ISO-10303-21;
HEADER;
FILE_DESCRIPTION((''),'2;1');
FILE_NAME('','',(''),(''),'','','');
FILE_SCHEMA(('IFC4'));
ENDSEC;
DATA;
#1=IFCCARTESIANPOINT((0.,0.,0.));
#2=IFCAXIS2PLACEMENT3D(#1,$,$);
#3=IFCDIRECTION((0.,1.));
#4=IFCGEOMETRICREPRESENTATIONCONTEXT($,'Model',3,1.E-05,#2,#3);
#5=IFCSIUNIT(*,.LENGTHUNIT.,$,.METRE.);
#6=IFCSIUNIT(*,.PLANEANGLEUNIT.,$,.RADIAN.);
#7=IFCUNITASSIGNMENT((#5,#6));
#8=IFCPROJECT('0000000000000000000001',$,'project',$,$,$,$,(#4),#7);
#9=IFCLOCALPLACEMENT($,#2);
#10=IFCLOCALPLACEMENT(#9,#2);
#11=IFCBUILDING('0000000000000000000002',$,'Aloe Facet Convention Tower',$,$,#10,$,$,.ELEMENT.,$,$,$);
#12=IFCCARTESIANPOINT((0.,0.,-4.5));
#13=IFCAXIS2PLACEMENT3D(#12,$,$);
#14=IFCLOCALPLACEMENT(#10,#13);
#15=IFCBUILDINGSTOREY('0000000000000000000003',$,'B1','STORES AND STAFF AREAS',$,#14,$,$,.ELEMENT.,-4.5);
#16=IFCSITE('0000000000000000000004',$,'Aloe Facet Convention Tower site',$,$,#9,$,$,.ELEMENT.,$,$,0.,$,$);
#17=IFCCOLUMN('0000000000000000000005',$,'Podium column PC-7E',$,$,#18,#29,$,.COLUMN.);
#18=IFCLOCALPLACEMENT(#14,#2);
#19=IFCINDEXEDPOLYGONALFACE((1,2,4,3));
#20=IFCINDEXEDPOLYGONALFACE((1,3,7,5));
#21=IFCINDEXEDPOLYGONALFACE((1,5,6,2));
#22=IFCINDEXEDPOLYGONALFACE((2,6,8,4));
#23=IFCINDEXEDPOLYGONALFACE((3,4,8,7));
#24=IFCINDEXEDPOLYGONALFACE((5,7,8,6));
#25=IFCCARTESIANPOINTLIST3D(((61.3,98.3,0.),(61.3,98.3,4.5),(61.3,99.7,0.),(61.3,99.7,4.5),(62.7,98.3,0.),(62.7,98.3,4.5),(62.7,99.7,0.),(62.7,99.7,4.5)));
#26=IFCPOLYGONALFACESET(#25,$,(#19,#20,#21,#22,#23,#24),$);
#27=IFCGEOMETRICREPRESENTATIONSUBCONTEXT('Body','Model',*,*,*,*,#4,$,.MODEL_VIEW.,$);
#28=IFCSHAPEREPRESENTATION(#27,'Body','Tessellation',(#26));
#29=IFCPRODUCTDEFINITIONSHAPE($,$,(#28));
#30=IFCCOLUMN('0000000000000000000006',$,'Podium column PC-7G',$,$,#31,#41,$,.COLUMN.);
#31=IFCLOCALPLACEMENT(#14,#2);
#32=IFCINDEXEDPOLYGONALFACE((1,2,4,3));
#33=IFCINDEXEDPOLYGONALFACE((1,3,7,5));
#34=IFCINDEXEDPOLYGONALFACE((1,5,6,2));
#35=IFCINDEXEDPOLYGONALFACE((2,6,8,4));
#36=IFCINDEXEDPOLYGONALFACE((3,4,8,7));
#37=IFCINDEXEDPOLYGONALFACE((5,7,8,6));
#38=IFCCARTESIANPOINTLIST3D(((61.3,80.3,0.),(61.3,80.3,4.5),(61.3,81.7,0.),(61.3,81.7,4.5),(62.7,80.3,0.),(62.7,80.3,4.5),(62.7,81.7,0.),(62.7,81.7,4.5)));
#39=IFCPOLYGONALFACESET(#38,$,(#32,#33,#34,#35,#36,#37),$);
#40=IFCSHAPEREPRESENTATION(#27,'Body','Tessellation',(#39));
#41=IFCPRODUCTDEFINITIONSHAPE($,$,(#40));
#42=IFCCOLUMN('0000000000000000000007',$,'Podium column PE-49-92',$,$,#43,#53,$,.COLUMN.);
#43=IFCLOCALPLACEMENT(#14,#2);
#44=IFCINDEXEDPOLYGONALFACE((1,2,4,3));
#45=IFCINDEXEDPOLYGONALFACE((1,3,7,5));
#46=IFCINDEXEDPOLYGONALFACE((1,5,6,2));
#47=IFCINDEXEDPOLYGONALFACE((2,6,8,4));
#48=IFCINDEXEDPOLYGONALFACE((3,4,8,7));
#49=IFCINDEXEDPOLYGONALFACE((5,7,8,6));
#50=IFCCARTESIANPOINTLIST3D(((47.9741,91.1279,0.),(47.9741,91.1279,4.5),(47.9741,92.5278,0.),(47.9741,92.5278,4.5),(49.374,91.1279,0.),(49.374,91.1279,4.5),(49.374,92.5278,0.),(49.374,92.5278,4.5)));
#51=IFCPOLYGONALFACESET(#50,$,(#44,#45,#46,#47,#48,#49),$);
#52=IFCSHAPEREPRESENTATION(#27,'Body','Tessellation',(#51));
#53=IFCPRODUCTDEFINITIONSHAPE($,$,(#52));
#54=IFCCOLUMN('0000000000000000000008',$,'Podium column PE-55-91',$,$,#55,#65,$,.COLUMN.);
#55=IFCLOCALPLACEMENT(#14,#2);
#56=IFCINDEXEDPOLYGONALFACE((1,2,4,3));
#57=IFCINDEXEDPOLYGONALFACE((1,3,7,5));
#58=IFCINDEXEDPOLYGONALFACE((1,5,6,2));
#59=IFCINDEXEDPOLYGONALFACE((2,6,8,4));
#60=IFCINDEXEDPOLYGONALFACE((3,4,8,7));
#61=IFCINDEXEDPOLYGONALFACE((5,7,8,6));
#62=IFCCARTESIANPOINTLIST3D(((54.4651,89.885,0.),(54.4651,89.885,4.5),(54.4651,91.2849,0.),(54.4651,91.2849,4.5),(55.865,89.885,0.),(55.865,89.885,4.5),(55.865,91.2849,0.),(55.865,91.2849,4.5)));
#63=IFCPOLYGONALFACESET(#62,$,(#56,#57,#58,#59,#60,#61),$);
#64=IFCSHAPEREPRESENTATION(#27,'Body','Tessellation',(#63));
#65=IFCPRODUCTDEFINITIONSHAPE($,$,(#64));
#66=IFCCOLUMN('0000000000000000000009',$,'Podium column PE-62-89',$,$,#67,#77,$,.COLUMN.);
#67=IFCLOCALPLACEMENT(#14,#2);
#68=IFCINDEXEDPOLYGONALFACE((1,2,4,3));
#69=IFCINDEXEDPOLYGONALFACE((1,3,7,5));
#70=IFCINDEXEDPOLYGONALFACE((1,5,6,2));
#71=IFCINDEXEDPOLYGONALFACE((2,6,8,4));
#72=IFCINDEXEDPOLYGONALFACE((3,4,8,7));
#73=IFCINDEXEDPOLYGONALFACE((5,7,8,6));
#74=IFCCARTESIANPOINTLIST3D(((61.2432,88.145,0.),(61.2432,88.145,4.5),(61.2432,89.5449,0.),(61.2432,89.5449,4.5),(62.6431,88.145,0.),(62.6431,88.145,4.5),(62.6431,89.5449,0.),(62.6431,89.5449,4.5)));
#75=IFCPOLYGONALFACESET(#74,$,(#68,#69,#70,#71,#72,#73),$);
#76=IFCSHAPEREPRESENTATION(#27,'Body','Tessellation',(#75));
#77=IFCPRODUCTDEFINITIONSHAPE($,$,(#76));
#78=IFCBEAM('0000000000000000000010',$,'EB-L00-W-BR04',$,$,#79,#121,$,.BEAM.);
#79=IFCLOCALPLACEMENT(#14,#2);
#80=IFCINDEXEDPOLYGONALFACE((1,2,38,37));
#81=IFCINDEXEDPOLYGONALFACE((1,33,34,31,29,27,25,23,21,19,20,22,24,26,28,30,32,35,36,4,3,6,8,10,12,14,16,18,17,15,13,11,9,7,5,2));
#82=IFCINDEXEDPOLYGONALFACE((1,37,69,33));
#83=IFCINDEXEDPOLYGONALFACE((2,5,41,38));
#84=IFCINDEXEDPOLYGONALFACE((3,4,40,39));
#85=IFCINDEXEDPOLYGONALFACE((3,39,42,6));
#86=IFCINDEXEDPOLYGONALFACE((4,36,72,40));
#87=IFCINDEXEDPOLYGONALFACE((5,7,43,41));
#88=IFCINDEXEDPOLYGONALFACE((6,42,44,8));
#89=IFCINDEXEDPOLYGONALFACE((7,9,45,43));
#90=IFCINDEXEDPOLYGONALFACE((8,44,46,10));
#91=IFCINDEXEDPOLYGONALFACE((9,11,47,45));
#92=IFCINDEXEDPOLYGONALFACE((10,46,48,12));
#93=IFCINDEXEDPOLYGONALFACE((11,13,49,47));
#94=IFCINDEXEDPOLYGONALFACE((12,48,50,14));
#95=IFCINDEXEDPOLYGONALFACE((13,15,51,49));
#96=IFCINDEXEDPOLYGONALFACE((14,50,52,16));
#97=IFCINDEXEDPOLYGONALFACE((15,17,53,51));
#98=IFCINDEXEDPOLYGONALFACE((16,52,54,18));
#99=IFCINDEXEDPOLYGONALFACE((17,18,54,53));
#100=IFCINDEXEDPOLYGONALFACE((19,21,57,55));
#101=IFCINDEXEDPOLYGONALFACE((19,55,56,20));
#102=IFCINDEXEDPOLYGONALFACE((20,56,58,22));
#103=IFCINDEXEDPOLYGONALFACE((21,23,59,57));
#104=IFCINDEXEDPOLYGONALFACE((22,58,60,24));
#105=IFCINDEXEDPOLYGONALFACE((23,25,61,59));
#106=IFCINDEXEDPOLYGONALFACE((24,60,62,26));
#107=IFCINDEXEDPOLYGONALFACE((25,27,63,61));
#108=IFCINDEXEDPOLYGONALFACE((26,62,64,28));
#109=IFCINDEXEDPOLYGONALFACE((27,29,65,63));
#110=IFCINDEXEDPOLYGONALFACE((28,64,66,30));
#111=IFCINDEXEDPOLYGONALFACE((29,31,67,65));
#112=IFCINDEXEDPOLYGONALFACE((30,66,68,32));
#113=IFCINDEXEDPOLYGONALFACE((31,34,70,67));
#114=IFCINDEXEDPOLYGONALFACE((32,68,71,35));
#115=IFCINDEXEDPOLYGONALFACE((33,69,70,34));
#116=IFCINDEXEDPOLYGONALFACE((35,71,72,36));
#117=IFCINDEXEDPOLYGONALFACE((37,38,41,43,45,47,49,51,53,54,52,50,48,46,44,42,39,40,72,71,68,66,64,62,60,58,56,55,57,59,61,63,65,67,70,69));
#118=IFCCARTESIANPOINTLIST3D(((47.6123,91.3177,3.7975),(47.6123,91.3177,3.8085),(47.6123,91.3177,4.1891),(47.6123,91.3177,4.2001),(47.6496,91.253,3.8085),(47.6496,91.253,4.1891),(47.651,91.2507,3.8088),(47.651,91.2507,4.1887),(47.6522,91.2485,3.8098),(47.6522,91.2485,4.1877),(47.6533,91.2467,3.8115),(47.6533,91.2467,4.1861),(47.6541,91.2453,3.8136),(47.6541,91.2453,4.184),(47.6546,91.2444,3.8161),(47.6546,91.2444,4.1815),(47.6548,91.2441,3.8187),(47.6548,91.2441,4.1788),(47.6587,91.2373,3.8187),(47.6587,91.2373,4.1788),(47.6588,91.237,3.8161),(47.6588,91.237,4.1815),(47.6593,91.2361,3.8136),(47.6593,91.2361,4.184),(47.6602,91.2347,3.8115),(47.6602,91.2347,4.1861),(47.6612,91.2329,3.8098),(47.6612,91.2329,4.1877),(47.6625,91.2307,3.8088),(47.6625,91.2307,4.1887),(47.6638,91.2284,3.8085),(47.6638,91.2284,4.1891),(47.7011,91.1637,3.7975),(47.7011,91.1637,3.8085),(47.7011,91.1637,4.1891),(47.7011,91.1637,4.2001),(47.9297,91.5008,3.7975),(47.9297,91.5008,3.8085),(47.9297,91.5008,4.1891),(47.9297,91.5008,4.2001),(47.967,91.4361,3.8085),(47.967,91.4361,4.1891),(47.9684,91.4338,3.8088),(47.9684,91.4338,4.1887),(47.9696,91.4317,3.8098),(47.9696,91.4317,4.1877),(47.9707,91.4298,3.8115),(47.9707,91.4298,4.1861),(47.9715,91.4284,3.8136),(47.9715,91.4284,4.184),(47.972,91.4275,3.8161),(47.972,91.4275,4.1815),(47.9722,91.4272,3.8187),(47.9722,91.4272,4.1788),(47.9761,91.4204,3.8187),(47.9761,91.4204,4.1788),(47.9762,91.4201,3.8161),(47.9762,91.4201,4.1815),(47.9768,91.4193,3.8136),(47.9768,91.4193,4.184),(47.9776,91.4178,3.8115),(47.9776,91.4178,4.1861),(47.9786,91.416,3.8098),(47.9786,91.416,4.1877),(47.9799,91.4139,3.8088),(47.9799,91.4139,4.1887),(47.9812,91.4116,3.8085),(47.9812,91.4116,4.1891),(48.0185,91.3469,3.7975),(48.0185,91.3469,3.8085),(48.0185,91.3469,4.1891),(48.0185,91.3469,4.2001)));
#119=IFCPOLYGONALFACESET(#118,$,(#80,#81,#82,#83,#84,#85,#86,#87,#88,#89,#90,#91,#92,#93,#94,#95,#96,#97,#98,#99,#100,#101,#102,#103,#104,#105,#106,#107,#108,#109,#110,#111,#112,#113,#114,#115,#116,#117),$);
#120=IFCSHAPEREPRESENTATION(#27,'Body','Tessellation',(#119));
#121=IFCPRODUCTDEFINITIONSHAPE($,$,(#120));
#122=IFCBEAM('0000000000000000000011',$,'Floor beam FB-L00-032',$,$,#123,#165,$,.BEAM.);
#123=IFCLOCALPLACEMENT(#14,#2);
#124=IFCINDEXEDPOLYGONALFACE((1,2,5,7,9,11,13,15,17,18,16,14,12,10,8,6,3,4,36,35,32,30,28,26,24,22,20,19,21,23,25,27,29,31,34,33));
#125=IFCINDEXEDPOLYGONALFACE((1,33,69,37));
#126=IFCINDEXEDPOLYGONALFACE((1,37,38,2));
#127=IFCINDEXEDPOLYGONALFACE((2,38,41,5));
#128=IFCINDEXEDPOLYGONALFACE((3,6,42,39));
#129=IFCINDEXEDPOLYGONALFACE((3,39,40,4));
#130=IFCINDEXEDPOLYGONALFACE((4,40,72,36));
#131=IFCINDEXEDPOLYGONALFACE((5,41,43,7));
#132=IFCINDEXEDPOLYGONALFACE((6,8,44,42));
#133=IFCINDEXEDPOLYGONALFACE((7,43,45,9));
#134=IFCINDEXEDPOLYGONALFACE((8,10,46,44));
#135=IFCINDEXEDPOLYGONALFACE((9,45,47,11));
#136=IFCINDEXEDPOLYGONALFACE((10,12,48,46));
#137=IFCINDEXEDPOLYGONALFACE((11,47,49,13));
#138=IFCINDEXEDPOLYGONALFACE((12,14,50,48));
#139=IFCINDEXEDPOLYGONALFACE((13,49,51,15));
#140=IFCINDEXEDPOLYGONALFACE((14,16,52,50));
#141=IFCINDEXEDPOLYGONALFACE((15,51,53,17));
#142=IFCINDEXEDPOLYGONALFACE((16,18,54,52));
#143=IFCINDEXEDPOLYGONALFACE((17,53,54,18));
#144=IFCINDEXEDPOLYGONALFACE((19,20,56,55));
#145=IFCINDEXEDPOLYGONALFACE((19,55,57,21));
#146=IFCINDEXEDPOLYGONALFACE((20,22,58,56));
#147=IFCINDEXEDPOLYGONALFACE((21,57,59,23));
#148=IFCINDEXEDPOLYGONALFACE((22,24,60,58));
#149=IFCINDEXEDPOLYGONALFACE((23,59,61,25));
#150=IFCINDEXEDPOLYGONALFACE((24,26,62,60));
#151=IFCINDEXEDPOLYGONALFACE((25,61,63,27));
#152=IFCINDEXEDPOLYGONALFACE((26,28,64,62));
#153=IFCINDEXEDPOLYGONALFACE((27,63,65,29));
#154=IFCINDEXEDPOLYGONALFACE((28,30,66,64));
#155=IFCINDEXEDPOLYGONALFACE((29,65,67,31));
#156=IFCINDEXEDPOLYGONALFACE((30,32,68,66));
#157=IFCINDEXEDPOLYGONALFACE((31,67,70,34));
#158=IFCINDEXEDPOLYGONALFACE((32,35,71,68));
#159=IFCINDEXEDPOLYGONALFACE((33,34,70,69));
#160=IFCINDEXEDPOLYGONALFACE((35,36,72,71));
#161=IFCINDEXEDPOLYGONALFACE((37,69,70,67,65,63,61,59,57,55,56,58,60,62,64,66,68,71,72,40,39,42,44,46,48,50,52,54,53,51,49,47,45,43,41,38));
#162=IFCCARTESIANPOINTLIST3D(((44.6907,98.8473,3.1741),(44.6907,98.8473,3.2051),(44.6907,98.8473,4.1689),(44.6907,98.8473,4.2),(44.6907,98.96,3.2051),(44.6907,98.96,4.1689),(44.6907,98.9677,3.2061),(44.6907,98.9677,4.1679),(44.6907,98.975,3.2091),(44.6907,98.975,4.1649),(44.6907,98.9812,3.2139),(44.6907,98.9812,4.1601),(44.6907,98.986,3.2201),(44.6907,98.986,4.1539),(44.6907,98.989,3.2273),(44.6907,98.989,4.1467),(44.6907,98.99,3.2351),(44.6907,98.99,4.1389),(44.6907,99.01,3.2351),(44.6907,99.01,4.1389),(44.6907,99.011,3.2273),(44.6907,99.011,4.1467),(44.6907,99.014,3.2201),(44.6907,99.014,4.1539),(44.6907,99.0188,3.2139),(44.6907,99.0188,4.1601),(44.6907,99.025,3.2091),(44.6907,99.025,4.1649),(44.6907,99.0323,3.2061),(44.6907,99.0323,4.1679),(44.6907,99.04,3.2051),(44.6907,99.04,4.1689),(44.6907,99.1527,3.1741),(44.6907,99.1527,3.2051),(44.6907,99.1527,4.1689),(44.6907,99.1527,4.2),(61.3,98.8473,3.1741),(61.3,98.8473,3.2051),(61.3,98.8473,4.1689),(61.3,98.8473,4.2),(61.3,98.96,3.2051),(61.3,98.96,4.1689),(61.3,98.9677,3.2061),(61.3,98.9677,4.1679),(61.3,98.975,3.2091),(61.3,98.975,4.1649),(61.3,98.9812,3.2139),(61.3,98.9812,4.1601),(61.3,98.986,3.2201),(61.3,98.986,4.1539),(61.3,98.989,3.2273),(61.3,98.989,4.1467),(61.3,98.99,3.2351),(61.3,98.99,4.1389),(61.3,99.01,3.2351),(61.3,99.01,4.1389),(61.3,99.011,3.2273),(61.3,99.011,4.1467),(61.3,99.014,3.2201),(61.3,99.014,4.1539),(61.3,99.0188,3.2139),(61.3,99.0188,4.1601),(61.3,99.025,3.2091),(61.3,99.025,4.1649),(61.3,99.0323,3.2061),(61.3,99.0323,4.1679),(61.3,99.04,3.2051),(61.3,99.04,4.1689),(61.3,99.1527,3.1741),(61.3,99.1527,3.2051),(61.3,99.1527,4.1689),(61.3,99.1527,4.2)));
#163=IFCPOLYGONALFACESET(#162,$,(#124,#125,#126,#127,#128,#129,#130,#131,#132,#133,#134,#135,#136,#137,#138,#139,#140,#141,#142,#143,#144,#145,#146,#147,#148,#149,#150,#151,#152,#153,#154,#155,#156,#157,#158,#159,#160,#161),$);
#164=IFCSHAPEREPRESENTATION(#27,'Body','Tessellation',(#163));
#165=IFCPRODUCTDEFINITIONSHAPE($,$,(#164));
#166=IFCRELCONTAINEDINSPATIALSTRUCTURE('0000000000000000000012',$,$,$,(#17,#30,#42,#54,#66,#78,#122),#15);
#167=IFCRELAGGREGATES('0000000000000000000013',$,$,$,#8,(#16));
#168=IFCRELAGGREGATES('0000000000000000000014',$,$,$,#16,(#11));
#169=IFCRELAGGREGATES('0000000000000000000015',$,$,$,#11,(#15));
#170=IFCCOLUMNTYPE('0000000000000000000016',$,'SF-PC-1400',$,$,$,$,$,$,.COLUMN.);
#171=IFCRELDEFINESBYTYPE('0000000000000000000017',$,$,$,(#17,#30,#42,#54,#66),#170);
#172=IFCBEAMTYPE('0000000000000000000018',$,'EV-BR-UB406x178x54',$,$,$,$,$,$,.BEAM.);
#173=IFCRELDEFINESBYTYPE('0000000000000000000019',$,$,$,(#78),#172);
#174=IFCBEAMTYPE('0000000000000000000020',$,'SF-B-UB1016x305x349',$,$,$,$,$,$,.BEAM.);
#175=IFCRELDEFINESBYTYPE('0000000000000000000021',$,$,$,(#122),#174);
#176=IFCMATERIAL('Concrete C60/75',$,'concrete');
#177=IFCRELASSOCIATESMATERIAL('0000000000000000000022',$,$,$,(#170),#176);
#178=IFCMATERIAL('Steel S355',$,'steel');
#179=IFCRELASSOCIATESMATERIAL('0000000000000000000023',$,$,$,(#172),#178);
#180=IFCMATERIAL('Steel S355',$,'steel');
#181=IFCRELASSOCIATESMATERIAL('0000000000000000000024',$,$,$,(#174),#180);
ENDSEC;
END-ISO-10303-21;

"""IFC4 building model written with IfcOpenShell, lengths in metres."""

from ifc_helpers import new_model, si_unit, direction, frame, origin, origin_2d, place, context, subcontext, project, spatial, rectangle, i_section, extrude, material, material_profile, profile_set, type_object, element, save


model = new_model("IFC4")

# Units and contexts
model_context = context("Model", 3, precision=1e-05, world=origin(), true_north=direction((0.0, 1.0)))
body_context = subcontext(model_context, "Body", "Model", "MODEL_VIEW")
ifc_project = project(units=[si_unit("LENGTHUNIT", "METRE"), si_unit("PLANEANGLEUNIT", "RADIAN")], contexts=[model_context])

# Site, building, storey
site_placement = place(None, origin())
site = spatial("IfcSite", under=ifc_project, at=site_placement, Name="Aloe Facet Convention Tower site", CompositionType="ELEMENT", RefElevation=0.0)
building_placement = place(site_placement, origin())
building = spatial("IfcBuilding", under=site, at=building_placement, Name="Aloe Facet Convention Tower", CompositionType="ELEMENT")
storey_placement = place(building_placement, frame((0.0, 0.0, -4.5)))
storey = spatial("IfcBuildingStorey", under=building, at=storey_placement, Name="B1", Description="STORES AND STAFF AREAS", CompositionType="ELEMENT", Elevation=-4.5)

# Columns
ifc_material_1 = material(Name="Concrete C60/75", Category="concrete")
ifc_material_profile_1 = material_profile(ifc_material_1, rectangle(XDim=1.3999, YDim=1.3999, at=origin_2d()), Name="SF-PC-1400")
ifc_profile_set_1 = profile_set([ifc_material_profile_1], Name="Concrete C60/75")
column_type = type_object("IfcColumnType", Name="SF-PC-1400", PredefinedType="COLUMN", material=ifc_profile_set_1)
for number, where, z_axis, x_axis, name in (
    (1, (62.0, 99.0, 0.0), (0.0, 0.0, 1.0), (1.0, 0.0, 0.0), "Podium column PC-7E"),
    (2, (62.0, 81.0, 0.0), (0.0, 0.0, 1.0), (1.0, 0.0, 0.0), "Podium column PC-7G"),
    (3, (48.6741, 91.8279, 0.0), (0.0, 0.0, 1.0), (1.0, 0.0, 0.0), "Podium column PE-49-92"),
    (4, (55.165, 90.585, 0.0), (0.0, 0.0, 1.0), (1.0, 0.0, 0.0), "Podium column PE-55-91"),
    (5, (61.9431, 88.845, 0.0), (0.0, 0.0, 1.0), (1.0, 0.0, 0.0), "Podium column PE-62-89"),
):
    element("IfcColumn", number, at=place(storey_placement, frame(where, z_axis=z_axis, x_axis=x_axis)), inside=storey, type_object=column_type, Name=name, PredefinedType="COLUMN", context=body_context, shape_type="SweptSolid", body=[
        extrude(rectangle(XDim=1.3999, YDim=1.3999, at=origin_2d()), origin(), (0.0, 0.0, 1.0), 4.5),
    ])

# Beams
ifc_material_2 = material(Name="Steel S355", Category="steel")
ifc_material_profile_2 = material_profile(ifc_material_2, i_section(OverallWidth=0.1777, OverallDepth=0.4026, WebThickness=0.0078, FlangeThickness=0.011, FilletRadius=0.0103, at=origin_2d()), Name="UB 406x178x54")
ifc_profile_set_2 = profile_set([ifc_material_profile_2], Name="Steel S355")
beam_type_1 = type_object("IfcBeamType", Name="EV-BR-UB406x178x54", PredefinedType="BEAM", material=ifc_profile_set_2)
beam_1_placement = place(storey_placement, frame((47.9741, 91.4238, 3.9988), z_axis=(-0.866186, -0.499722, 0.0), x_axis=(0.499722, -0.866186, 0.0)))
element("IfcBeam", 6, at=beam_1_placement, inside=storey, type_object=beam_type_1, Name="EB-L00-W-BR04", PredefinedType="BEAM", context=body_context, shape_type="SweptSolid", body=[
    extrude(i_section(OverallWidth=0.1777, OverallDepth=0.4026, WebThickness=0.0078, FlangeThickness=0.011, FilletRadius=0.0103, at=origin_2d()), origin(), (0.0, 0.0, 1.0), 0.3665),
])
ifc_material_3 = material(Name="Steel S355", Category="steel")
ifc_material_profile_3 = material_profile(ifc_material_3, i_section(OverallWidth=0.3054, OverallDepth=1.0259, WebThickness=0.02, FlangeThickness=0.031, FilletRadius=0.03, at=origin_2d()), Name="UB 1016x305x349")
ifc_profile_set_3 = profile_set([ifc_material_profile_3], Name="Steel S355")
beam_type_2 = type_object("IfcBeamType", Name="SF-B-UB1016x305x349", PredefinedType="BEAM", material=ifc_profile_set_3)
beam_2_placement = place(storey_placement, frame((44.6907, 99.0, 3.687), z_axis=(1.0, 0.0, 0.0), x_axis=(0.0, 1.0, 0.0)))
element("IfcBeam", 7, at=beam_2_placement, inside=storey, type_object=beam_type_2, Name="Floor beam FB-L00-032", PredefinedType="BEAM", context=body_context, shape_type="SweptSolid", body=[
    extrude(i_section(OverallWidth=0.3054, OverallDepth=1.0259, WebThickness=0.02, FlangeThickness=0.031, FilletRadius=0.03, at=origin_2d()), origin(), (0.0, 0.0, 1.0), 16.6094),
])

save(model, "model.ifc")
